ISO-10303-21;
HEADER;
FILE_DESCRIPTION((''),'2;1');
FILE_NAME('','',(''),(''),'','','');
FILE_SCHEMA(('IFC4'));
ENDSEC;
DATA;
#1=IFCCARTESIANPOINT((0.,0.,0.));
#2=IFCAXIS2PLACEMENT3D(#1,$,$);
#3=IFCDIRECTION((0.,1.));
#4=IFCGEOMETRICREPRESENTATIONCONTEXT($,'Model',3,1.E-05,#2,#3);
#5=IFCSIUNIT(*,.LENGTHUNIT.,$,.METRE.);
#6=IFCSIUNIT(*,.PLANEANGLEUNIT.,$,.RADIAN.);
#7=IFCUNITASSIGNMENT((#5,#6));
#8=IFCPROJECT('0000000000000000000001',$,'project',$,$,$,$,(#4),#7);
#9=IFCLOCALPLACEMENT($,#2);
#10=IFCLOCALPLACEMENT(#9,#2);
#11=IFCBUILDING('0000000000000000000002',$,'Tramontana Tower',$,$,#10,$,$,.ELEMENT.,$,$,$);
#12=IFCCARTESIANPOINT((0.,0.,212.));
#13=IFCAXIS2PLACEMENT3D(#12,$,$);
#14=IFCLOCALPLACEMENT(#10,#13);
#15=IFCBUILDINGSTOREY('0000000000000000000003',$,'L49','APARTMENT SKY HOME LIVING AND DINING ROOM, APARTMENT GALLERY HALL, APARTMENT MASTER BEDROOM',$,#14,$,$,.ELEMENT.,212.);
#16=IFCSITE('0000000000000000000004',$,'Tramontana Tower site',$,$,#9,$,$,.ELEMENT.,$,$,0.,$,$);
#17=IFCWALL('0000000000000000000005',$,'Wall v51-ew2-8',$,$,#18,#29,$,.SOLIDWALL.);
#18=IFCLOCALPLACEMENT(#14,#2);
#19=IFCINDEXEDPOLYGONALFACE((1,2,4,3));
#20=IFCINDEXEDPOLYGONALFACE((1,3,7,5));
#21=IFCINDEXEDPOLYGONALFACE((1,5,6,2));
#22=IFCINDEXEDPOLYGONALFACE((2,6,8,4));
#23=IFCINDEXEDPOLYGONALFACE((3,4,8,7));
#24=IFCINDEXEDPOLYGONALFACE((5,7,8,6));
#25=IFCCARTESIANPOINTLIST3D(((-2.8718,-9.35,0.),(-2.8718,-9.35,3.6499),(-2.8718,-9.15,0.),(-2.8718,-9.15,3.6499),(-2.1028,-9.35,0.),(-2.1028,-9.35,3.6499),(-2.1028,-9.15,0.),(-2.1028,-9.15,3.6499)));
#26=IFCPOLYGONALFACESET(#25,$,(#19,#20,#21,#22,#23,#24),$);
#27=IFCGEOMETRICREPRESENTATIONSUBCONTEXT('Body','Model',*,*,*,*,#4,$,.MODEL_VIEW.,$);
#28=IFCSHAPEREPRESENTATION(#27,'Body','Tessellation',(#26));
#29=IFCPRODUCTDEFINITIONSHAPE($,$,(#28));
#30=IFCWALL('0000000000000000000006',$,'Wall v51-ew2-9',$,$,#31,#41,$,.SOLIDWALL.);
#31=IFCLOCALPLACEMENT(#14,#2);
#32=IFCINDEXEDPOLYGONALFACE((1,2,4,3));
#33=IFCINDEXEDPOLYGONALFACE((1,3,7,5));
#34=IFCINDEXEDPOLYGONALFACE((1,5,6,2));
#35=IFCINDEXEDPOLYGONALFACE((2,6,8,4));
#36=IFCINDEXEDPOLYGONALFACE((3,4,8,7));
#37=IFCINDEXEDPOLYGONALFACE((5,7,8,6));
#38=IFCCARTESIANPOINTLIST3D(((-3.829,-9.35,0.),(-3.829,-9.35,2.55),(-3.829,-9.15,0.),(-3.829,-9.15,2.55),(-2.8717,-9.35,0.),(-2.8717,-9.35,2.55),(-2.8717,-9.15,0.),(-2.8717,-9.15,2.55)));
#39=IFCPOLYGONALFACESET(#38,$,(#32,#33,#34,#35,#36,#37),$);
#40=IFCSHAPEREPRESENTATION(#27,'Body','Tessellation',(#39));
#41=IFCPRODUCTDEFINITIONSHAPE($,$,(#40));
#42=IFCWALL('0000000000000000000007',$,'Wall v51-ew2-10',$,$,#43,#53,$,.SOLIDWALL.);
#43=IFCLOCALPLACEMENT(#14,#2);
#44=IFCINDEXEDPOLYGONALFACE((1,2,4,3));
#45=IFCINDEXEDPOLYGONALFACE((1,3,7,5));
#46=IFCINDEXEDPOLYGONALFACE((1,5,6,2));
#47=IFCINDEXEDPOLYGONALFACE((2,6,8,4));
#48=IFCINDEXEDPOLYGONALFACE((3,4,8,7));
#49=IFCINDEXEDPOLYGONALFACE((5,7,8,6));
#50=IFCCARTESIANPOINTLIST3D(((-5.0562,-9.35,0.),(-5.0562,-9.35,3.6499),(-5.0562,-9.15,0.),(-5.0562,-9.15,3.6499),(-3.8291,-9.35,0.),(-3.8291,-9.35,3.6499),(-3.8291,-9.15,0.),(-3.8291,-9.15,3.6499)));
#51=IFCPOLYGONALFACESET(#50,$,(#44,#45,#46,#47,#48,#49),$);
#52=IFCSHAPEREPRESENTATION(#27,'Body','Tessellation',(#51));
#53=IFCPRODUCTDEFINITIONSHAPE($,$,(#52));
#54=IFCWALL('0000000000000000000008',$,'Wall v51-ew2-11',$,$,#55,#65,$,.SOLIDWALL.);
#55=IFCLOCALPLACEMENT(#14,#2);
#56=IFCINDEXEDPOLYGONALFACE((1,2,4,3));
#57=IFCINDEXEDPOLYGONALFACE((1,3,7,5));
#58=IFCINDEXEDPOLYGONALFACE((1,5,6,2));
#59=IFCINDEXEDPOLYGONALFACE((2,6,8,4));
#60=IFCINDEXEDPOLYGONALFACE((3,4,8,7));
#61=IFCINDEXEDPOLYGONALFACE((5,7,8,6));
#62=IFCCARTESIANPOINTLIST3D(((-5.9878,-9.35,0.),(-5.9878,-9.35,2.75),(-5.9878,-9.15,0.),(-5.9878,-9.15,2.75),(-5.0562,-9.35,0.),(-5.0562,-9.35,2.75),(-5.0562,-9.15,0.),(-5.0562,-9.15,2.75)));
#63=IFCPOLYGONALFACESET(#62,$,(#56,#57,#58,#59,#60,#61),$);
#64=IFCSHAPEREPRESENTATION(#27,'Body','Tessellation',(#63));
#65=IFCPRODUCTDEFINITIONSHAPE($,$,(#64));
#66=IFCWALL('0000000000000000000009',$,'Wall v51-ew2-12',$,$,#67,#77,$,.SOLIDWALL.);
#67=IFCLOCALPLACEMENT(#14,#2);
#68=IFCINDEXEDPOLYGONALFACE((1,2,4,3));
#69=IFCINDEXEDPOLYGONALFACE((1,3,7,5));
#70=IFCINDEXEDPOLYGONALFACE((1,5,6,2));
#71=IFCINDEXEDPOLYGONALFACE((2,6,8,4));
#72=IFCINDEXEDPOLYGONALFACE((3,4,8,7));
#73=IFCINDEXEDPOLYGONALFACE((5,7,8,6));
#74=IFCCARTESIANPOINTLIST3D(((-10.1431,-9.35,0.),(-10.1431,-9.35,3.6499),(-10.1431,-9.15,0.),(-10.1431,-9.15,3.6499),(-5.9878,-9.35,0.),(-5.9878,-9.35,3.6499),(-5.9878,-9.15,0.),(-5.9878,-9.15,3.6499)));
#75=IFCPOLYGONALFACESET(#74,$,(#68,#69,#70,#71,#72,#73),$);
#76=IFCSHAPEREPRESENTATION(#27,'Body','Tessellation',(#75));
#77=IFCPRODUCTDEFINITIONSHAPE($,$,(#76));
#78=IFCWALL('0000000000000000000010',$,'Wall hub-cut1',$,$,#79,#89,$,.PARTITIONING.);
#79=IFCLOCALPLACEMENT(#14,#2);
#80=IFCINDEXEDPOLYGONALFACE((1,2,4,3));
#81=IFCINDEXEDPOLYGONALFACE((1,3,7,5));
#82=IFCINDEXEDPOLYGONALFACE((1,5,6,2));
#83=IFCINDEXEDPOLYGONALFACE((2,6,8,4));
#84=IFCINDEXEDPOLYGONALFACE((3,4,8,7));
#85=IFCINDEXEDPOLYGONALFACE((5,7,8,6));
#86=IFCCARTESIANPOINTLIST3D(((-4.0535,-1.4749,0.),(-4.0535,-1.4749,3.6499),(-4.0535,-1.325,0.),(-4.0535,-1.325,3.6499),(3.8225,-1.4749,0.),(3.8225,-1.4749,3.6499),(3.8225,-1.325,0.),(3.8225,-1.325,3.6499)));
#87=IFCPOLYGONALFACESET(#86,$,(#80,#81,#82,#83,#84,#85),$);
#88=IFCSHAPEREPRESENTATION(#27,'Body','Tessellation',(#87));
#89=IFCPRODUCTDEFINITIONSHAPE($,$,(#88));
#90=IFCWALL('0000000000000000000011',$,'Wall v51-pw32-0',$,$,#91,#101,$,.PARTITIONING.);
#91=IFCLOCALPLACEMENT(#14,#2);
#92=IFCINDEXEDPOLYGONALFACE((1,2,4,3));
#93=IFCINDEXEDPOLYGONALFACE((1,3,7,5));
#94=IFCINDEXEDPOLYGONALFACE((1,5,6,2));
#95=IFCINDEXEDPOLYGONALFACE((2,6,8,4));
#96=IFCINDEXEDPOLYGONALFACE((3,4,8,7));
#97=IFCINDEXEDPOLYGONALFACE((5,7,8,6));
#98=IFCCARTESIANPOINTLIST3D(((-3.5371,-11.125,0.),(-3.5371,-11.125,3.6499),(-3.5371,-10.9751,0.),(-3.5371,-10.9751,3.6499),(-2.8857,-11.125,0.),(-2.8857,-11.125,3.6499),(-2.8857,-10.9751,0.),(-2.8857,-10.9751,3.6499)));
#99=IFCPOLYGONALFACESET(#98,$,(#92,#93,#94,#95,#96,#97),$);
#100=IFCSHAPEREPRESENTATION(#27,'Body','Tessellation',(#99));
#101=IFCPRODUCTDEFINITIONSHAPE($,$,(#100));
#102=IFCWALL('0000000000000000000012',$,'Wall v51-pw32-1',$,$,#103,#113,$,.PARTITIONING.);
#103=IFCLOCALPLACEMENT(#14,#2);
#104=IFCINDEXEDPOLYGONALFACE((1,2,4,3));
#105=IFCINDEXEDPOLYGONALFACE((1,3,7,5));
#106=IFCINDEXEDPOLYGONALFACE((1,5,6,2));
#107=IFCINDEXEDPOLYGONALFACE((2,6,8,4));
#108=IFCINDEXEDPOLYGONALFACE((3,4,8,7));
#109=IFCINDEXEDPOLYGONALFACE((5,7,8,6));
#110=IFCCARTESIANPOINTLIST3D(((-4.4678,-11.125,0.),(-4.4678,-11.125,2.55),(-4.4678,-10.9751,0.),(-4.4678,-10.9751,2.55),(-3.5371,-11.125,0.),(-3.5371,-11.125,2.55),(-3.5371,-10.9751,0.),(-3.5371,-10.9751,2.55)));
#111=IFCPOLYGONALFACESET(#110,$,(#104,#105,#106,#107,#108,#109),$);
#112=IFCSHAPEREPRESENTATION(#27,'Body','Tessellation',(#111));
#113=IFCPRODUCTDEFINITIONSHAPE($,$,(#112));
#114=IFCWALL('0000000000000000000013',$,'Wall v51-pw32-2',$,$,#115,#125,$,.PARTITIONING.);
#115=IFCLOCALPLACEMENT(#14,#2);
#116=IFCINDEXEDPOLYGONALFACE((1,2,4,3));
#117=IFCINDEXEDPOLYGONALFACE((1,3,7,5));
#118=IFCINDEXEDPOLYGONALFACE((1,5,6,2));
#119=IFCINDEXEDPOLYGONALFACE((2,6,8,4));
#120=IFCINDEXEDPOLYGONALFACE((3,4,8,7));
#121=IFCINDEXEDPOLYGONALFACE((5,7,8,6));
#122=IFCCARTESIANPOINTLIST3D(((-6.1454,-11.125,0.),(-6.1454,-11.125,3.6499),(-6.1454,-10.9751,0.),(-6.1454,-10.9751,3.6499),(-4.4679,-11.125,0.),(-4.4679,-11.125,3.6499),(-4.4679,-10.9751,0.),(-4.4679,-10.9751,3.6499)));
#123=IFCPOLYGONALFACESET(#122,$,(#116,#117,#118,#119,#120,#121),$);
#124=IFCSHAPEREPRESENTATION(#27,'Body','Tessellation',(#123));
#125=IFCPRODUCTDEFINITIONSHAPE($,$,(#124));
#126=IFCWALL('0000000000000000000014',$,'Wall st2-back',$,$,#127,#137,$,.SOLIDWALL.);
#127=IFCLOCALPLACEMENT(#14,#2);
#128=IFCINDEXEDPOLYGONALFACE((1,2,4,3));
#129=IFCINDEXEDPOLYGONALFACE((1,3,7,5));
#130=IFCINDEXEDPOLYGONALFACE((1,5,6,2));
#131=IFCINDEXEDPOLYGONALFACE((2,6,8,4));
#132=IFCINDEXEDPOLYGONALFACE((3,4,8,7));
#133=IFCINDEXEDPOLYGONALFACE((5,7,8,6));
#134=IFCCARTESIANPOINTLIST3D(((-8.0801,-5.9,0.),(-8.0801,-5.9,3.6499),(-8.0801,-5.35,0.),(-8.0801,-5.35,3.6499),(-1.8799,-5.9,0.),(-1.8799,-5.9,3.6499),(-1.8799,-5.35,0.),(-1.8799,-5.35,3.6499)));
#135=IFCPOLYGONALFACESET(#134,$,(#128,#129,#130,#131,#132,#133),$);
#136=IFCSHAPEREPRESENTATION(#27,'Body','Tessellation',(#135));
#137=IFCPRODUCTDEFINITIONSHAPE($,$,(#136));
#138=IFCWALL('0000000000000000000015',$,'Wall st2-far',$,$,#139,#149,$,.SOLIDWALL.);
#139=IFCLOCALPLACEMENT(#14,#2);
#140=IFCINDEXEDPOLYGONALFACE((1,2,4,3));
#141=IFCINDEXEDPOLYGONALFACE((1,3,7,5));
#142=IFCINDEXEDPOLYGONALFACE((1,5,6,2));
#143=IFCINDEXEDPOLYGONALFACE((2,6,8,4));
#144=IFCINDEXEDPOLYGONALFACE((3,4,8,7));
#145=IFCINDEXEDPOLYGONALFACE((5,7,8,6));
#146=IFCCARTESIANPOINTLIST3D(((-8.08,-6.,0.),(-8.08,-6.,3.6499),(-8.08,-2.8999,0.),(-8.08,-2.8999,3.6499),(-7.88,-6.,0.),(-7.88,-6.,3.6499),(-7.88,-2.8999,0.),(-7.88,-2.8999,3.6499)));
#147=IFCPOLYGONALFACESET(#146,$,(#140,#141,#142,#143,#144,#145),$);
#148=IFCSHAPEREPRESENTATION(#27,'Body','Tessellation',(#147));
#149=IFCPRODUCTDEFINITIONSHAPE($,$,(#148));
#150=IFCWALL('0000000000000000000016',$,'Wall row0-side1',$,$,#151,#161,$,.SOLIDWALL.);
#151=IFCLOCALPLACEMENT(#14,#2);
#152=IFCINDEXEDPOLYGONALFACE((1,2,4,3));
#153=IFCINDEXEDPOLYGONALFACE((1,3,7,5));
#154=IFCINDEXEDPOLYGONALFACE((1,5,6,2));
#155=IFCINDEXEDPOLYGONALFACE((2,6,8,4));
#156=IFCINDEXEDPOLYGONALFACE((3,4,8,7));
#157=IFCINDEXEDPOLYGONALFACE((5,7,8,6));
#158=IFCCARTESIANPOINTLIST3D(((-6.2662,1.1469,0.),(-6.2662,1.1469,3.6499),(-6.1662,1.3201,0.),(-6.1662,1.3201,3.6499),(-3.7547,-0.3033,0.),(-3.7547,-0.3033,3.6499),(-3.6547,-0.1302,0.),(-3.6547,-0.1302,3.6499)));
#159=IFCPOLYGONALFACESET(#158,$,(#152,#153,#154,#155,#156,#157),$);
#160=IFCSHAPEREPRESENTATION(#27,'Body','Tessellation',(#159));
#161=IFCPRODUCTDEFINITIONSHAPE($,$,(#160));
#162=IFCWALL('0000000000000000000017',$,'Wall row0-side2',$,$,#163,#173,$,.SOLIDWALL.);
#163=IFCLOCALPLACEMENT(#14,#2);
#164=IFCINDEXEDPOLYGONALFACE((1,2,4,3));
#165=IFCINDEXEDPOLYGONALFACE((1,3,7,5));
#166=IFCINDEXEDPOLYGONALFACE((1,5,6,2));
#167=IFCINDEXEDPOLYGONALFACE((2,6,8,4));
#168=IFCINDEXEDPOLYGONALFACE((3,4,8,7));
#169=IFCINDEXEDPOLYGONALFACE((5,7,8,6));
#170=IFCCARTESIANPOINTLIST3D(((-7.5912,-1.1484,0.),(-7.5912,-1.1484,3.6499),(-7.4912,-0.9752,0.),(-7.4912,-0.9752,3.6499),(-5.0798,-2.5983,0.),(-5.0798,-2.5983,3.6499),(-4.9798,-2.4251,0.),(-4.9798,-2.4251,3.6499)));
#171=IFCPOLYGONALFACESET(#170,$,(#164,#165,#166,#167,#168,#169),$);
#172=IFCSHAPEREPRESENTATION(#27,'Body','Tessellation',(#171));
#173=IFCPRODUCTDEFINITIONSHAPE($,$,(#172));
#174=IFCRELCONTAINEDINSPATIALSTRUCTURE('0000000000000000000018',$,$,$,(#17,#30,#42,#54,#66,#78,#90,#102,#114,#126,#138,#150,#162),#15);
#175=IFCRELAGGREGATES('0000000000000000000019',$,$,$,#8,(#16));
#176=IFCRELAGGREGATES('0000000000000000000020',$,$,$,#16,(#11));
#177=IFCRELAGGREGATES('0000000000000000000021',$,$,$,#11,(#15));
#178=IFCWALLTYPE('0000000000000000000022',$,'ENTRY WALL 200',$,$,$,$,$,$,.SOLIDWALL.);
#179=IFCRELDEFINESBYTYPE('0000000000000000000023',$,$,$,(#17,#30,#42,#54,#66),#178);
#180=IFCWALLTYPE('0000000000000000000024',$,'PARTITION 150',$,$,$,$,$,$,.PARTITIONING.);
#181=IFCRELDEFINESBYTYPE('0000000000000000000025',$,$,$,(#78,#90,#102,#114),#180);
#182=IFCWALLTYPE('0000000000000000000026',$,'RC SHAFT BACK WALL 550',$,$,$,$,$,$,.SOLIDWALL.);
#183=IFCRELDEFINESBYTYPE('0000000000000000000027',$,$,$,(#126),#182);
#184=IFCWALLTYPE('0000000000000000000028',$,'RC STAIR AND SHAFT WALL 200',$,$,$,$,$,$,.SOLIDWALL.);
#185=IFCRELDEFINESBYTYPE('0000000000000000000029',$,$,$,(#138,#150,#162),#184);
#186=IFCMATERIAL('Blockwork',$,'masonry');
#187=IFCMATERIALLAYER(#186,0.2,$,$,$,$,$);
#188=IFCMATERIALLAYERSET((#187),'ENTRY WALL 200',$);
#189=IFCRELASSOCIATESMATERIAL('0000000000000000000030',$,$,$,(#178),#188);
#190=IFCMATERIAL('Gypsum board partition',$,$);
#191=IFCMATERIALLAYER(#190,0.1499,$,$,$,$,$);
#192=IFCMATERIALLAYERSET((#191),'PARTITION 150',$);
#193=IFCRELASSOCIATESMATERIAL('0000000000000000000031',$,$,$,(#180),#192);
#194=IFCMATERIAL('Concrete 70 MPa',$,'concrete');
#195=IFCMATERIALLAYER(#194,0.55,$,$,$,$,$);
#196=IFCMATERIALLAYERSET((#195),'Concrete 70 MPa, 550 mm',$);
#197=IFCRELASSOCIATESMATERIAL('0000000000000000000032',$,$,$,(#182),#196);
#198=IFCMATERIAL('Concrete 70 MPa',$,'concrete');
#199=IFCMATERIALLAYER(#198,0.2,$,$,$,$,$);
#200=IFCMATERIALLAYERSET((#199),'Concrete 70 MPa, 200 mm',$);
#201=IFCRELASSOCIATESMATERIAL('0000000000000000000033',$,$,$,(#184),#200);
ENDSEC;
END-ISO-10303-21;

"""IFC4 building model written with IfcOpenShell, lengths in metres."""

from ifc_helpers import new_model, si_unit, direction, frame, frame_2d, origin, place, context, subcontext, project, spatial, rectangle, extrude, material, layer, layer_set, type_object, element, save


model = new_model("IFC4")

# Units and contexts
model_context = context("Model", 3, precision=1e-05, world=origin(), true_north=direction((0.0, 1.0)))
body_context = subcontext(model_context, "Body", "Model", "MODEL_VIEW")
ifc_project = project(units=[si_unit("LENGTHUNIT", "METRE"), si_unit("PLANEANGLEUNIT", "RADIAN")], contexts=[model_context])

# Site, building, storey
site_placement = place(None, origin())
site = spatial("IfcSite", under=ifc_project, at=site_placement, Name="Tramontana Tower site", CompositionType="ELEMENT", RefElevation=0.0)
building_placement = place(site_placement, origin())
building = spatial("IfcBuilding", under=site, at=building_placement, Name="Tramontana Tower", CompositionType="ELEMENT")
storey_placement = place(building_placement, frame((0.0, 0.0, 212.0)))
storey = spatial("IfcBuildingStorey", under=building, at=storey_placement, Name="L49", Description="APARTMENT SKY HOME LIVING AND DINING ROOM, APARTMENT GALLERY HALL, APARTMENT MASTER BEDROOM", CompositionType="ELEMENT", Elevation=212.0)

# Walls
ifc_material_1 = material(Name="Blockwork", Category="masonry")
ifc_layer_1 = layer(ifc_material_1, 0.2)
ifc_layer_set_1 = layer_set([ifc_layer_1], Name="ENTRY WALL 200")
wall_type_1 = type_object("IfcWallType", Name="ENTRY WALL 200", PredefinedType="SOLIDWALL", material=ifc_layer_set_1)
wall_1_placement = place(storey_placement, frame((-2.1028, -9.25, 0.0), z_axis=(0.0, 0.0, 1.0), x_axis=(-1.0, 0.0, 0.0)))
element("IfcWall", 1, at=wall_1_placement, inside=storey, type_object=wall_type_1, Name="Wall v51-ew2-8", PredefinedType="SOLIDWALL", context=body_context, shape_type="SweptSolid", body=[
    extrude(rectangle(XDim=0.769, YDim=0.2, at=frame_2d((0.3845, 0.0))), origin(), (0.0, 0.0, 1.0), 3.6499),
])
wall_2_placement = place(storey_placement, frame((-2.8718, -9.25, 0.0), z_axis=(0.0, 0.0, 1.0), x_axis=(-1.0, 0.0, 0.0)))
element("IfcWall", 2, at=wall_2_placement, inside=storey, type_object=wall_type_1, Name="Wall v51-ew2-9", PredefinedType="SOLIDWALL", context=body_context, shape_type="SweptSolid", body=[
    extrude(rectangle(XDim=0.9573, YDim=0.2, at=frame_2d((0.4785, 0.0))), origin(), (0.0, 0.0, 1.0), 2.55),
])
wall_3_placement = place(storey_placement, frame((-3.8291, -9.25, 0.0), z_axis=(0.0, 0.0, 1.0), x_axis=(-1.0, 0.0, 0.0)))
element("IfcWall", 3, at=wall_3_placement, inside=storey, type_object=wall_type_1, Name="Wall v51-ew2-10", PredefinedType="SOLIDWALL", context=body_context, shape_type="SweptSolid", body=[
    extrude(rectangle(XDim=1.2271, YDim=0.2, at=frame_2d((0.6135, 0.0))), origin(), (0.0, 0.0, 1.0), 3.6499),
])
wall_4_placement = place(storey_placement, frame((-5.0562, -9.25, 0.0), z_axis=(0.0, 0.0, 1.0), x_axis=(-1.0, 0.0, 0.0)))
element("IfcWall", 4, at=wall_4_placement, inside=storey, type_object=wall_type_1, Name="Wall v51-ew2-11", PredefinedType="SOLIDWALL", context=body_context, shape_type="SweptSolid", body=[
    extrude(rectangle(XDim=0.9316, YDim=0.2, at=frame_2d((0.4658, 0.0))), origin(), (0.0, 0.0, 1.0), 2.75),
])
wall_5_placement = place(storey_placement, frame((-5.9878, -9.25, 0.0), z_axis=(0.0, 0.0, 1.0), x_axis=(-1.0, 0.0, 0.0)))
element("IfcWall", 5, at=wall_5_placement, inside=storey, type_object=wall_type_1, Name="Wall v51-ew2-12", PredefinedType="SOLIDWALL", context=body_context, shape_type="SweptSolid", body=[
    extrude(rectangle(XDim=4.1553, YDim=0.2, at=frame_2d((2.0776, 0.0))), origin(), (0.0, 0.0, 1.0), 3.6499),
])
ifc_material_2 = material(Name="Gypsum board partition")
ifc_layer_2 = layer(ifc_material_2, 0.1499)
ifc_layer_set_2 = layer_set([ifc_layer_2], Name="PARTITION 150")
wall_type_2 = type_object("IfcWallType", Name="PARTITION 150", PredefinedType="PARTITIONING", material=ifc_layer_set_2)
wall_6_placement = place(storey_placement, frame((-4.0535, -1.3999, 0.0), z_axis=(0.0, 0.0, 1.0), x_axis=(1.0, 0.0, 0.0)))
element("IfcWall", 6, at=wall_6_placement, inside=storey, type_object=wall_type_2, Name="Wall hub-cut1", PredefinedType="PARTITIONING", context=body_context, shape_type="SweptSolid", body=[
    extrude(rectangle(XDim=7.876, YDim=0.1499, at=frame_2d((3.938, 0.0))), origin(), (0.0, 0.0, 1.0), 3.6499),
])
wall_7_placement = place(storey_placement, frame((-2.8857, -11.05, 0.0), z_axis=(0.0, 0.0, 1.0), x_axis=(-1.0, 0.0, 0.0)))
element("IfcWall", 7, at=wall_7_placement, inside=storey, type_object=wall_type_2, Name="Wall v51-pw32-0", PredefinedType="PARTITIONING", context=body_context, shape_type="SweptSolid", body=[
    extrude(rectangle(XDim=0.6514, YDim=0.1499, at=frame_2d((0.3257, 0.0))), origin(), (0.0, 0.0, 1.0), 3.6499),
])
wall_8_placement = place(storey_placement, frame((-3.5371, -11.05, 0.0), z_axis=(0.0, 0.0, 1.0), x_axis=(-1.0, 0.0, 0.0)))
element("IfcWall", 8, at=wall_8_placement, inside=storey, type_object=wall_type_2, Name="Wall v51-pw32-1", PredefinedType="PARTITIONING", context=body_context, shape_type="SweptSolid", body=[
    extrude(rectangle(XDim=0.9307, YDim=0.1499, at=frame_2d((0.4653, 0.0))), origin(), (0.0, 0.0, 1.0), 2.55),
])
wall_9_placement = place(storey_placement, frame((-4.4678, -11.05, 0.0), z_axis=(0.0, 0.0, 1.0), x_axis=(-1.0, 0.0, 0.0)))
element("IfcWall", 9, at=wall_9_placement, inside=storey, type_object=wall_type_2, Name="Wall v51-pw32-2", PredefinedType="PARTITIONING", context=body_context, shape_type="SweptSolid", body=[
    extrude(rectangle(XDim=1.6775, YDim=0.1499, at=frame_2d((0.8389, 0.0))), origin(), (0.0, 0.0, 1.0), 3.6499),
])
ifc_material_3 = material(Name="Concrete 70 MPa", Category="concrete")
ifc_layer_3 = layer(ifc_material_3, 0.55)
ifc_layer_set_3 = layer_set([ifc_layer_3], Name="Concrete 70 MPa, 550 mm")
wall_type_3 = type_object("IfcWallType", Name="RC SHAFT BACK WALL 550", PredefinedType="SOLIDWALL", material=ifc_layer_set_3)
wall_10_placement = place(storey_placement, frame((-8.0801, -5.625, 0.0), z_axis=(0.0, 0.0, 1.0), x_axis=(1.0, 0.0, 0.0)))
element("IfcWall", 10, at=wall_10_placement, inside=storey, type_object=wall_type_3, Name="Wall st2-back", PredefinedType="SOLIDWALL", context=body_context, shape_type="SweptSolid", body=[
    extrude(rectangle(XDim=6.2002, YDim=0.55, at=frame_2d((3.1001, 0.0))), origin(), (0.0, 0.0, 1.0), 3.6499),
])
ifc_material_4 = material(Name="Concrete 70 MPa", Category="concrete")
ifc_layer_4 = layer(ifc_material_4, 0.2)
ifc_layer_set_4 = layer_set([ifc_layer_4], Name="Concrete 70 MPa, 200 mm")
wall_type_4 = type_object("IfcWallType", Name="RC STAIR AND SHAFT WALL 200", PredefinedType="SOLIDWALL", material=ifc_layer_set_4)
wall_11_placement = place(storey_placement, frame((-7.98, -2.8999, 0.0), z_axis=(0.0, 0.0, 1.0), x_axis=(0.0, -1.0, 0.0)))
element("IfcWall", 11, at=wall_11_placement, inside=storey, type_object=wall_type_4, Name="Wall st2-far", PredefinedType="SOLIDWALL", context=body_context, shape_type="SweptSolid", body=[
    extrude(rectangle(XDim=3.1001, YDim=0.2, at=frame_2d((1.55, 0.0))), origin(), (0.0, 0.0, 1.0), 3.6499),
])

# Walls
wall_12_placement = place(storey_placement, frame((-3.7046, -0.2168, 0.0), z_axis=(0.0, 0.0, 1.0), x_axis=(-0.865996, 0.50005, 0.0)))
element("IfcWall", 12, at=wall_12_placement, inside=storey, type_object=wall_type_4, Name="Wall row0-side1", PredefinedType="SOLIDWALL", context=body_context, shape_type="SweptSolid", body=[
    extrude(rectangle(XDim=2.9001, YDim=0.2, at=frame_2d((1.4502, 0.0))), origin(), (0.0, 0.0, 1.0), 3.6499),
])
wall_13_placement = place(storey_placement, frame((-5.0298, -2.5117, 0.0), z_axis=(0.0, 0.0, 1.0), x_axis=(-0.866033, 0.499987, 0.0)))
element("IfcWall", 13, at=wall_13_placement, inside=storey, type_object=wall_type_4, Name="Wall row0-side2", PredefinedType="SOLIDWALL", context=body_context, shape_type="SweptSolid", body=[
    extrude(rectangle(XDim=2.8999, YDim=0.2, at=frame_2d((1.45, 0.0))), origin(), (0.0, 0.0, 1.0), 3.6499),
])

save(model, "model.ifc")
